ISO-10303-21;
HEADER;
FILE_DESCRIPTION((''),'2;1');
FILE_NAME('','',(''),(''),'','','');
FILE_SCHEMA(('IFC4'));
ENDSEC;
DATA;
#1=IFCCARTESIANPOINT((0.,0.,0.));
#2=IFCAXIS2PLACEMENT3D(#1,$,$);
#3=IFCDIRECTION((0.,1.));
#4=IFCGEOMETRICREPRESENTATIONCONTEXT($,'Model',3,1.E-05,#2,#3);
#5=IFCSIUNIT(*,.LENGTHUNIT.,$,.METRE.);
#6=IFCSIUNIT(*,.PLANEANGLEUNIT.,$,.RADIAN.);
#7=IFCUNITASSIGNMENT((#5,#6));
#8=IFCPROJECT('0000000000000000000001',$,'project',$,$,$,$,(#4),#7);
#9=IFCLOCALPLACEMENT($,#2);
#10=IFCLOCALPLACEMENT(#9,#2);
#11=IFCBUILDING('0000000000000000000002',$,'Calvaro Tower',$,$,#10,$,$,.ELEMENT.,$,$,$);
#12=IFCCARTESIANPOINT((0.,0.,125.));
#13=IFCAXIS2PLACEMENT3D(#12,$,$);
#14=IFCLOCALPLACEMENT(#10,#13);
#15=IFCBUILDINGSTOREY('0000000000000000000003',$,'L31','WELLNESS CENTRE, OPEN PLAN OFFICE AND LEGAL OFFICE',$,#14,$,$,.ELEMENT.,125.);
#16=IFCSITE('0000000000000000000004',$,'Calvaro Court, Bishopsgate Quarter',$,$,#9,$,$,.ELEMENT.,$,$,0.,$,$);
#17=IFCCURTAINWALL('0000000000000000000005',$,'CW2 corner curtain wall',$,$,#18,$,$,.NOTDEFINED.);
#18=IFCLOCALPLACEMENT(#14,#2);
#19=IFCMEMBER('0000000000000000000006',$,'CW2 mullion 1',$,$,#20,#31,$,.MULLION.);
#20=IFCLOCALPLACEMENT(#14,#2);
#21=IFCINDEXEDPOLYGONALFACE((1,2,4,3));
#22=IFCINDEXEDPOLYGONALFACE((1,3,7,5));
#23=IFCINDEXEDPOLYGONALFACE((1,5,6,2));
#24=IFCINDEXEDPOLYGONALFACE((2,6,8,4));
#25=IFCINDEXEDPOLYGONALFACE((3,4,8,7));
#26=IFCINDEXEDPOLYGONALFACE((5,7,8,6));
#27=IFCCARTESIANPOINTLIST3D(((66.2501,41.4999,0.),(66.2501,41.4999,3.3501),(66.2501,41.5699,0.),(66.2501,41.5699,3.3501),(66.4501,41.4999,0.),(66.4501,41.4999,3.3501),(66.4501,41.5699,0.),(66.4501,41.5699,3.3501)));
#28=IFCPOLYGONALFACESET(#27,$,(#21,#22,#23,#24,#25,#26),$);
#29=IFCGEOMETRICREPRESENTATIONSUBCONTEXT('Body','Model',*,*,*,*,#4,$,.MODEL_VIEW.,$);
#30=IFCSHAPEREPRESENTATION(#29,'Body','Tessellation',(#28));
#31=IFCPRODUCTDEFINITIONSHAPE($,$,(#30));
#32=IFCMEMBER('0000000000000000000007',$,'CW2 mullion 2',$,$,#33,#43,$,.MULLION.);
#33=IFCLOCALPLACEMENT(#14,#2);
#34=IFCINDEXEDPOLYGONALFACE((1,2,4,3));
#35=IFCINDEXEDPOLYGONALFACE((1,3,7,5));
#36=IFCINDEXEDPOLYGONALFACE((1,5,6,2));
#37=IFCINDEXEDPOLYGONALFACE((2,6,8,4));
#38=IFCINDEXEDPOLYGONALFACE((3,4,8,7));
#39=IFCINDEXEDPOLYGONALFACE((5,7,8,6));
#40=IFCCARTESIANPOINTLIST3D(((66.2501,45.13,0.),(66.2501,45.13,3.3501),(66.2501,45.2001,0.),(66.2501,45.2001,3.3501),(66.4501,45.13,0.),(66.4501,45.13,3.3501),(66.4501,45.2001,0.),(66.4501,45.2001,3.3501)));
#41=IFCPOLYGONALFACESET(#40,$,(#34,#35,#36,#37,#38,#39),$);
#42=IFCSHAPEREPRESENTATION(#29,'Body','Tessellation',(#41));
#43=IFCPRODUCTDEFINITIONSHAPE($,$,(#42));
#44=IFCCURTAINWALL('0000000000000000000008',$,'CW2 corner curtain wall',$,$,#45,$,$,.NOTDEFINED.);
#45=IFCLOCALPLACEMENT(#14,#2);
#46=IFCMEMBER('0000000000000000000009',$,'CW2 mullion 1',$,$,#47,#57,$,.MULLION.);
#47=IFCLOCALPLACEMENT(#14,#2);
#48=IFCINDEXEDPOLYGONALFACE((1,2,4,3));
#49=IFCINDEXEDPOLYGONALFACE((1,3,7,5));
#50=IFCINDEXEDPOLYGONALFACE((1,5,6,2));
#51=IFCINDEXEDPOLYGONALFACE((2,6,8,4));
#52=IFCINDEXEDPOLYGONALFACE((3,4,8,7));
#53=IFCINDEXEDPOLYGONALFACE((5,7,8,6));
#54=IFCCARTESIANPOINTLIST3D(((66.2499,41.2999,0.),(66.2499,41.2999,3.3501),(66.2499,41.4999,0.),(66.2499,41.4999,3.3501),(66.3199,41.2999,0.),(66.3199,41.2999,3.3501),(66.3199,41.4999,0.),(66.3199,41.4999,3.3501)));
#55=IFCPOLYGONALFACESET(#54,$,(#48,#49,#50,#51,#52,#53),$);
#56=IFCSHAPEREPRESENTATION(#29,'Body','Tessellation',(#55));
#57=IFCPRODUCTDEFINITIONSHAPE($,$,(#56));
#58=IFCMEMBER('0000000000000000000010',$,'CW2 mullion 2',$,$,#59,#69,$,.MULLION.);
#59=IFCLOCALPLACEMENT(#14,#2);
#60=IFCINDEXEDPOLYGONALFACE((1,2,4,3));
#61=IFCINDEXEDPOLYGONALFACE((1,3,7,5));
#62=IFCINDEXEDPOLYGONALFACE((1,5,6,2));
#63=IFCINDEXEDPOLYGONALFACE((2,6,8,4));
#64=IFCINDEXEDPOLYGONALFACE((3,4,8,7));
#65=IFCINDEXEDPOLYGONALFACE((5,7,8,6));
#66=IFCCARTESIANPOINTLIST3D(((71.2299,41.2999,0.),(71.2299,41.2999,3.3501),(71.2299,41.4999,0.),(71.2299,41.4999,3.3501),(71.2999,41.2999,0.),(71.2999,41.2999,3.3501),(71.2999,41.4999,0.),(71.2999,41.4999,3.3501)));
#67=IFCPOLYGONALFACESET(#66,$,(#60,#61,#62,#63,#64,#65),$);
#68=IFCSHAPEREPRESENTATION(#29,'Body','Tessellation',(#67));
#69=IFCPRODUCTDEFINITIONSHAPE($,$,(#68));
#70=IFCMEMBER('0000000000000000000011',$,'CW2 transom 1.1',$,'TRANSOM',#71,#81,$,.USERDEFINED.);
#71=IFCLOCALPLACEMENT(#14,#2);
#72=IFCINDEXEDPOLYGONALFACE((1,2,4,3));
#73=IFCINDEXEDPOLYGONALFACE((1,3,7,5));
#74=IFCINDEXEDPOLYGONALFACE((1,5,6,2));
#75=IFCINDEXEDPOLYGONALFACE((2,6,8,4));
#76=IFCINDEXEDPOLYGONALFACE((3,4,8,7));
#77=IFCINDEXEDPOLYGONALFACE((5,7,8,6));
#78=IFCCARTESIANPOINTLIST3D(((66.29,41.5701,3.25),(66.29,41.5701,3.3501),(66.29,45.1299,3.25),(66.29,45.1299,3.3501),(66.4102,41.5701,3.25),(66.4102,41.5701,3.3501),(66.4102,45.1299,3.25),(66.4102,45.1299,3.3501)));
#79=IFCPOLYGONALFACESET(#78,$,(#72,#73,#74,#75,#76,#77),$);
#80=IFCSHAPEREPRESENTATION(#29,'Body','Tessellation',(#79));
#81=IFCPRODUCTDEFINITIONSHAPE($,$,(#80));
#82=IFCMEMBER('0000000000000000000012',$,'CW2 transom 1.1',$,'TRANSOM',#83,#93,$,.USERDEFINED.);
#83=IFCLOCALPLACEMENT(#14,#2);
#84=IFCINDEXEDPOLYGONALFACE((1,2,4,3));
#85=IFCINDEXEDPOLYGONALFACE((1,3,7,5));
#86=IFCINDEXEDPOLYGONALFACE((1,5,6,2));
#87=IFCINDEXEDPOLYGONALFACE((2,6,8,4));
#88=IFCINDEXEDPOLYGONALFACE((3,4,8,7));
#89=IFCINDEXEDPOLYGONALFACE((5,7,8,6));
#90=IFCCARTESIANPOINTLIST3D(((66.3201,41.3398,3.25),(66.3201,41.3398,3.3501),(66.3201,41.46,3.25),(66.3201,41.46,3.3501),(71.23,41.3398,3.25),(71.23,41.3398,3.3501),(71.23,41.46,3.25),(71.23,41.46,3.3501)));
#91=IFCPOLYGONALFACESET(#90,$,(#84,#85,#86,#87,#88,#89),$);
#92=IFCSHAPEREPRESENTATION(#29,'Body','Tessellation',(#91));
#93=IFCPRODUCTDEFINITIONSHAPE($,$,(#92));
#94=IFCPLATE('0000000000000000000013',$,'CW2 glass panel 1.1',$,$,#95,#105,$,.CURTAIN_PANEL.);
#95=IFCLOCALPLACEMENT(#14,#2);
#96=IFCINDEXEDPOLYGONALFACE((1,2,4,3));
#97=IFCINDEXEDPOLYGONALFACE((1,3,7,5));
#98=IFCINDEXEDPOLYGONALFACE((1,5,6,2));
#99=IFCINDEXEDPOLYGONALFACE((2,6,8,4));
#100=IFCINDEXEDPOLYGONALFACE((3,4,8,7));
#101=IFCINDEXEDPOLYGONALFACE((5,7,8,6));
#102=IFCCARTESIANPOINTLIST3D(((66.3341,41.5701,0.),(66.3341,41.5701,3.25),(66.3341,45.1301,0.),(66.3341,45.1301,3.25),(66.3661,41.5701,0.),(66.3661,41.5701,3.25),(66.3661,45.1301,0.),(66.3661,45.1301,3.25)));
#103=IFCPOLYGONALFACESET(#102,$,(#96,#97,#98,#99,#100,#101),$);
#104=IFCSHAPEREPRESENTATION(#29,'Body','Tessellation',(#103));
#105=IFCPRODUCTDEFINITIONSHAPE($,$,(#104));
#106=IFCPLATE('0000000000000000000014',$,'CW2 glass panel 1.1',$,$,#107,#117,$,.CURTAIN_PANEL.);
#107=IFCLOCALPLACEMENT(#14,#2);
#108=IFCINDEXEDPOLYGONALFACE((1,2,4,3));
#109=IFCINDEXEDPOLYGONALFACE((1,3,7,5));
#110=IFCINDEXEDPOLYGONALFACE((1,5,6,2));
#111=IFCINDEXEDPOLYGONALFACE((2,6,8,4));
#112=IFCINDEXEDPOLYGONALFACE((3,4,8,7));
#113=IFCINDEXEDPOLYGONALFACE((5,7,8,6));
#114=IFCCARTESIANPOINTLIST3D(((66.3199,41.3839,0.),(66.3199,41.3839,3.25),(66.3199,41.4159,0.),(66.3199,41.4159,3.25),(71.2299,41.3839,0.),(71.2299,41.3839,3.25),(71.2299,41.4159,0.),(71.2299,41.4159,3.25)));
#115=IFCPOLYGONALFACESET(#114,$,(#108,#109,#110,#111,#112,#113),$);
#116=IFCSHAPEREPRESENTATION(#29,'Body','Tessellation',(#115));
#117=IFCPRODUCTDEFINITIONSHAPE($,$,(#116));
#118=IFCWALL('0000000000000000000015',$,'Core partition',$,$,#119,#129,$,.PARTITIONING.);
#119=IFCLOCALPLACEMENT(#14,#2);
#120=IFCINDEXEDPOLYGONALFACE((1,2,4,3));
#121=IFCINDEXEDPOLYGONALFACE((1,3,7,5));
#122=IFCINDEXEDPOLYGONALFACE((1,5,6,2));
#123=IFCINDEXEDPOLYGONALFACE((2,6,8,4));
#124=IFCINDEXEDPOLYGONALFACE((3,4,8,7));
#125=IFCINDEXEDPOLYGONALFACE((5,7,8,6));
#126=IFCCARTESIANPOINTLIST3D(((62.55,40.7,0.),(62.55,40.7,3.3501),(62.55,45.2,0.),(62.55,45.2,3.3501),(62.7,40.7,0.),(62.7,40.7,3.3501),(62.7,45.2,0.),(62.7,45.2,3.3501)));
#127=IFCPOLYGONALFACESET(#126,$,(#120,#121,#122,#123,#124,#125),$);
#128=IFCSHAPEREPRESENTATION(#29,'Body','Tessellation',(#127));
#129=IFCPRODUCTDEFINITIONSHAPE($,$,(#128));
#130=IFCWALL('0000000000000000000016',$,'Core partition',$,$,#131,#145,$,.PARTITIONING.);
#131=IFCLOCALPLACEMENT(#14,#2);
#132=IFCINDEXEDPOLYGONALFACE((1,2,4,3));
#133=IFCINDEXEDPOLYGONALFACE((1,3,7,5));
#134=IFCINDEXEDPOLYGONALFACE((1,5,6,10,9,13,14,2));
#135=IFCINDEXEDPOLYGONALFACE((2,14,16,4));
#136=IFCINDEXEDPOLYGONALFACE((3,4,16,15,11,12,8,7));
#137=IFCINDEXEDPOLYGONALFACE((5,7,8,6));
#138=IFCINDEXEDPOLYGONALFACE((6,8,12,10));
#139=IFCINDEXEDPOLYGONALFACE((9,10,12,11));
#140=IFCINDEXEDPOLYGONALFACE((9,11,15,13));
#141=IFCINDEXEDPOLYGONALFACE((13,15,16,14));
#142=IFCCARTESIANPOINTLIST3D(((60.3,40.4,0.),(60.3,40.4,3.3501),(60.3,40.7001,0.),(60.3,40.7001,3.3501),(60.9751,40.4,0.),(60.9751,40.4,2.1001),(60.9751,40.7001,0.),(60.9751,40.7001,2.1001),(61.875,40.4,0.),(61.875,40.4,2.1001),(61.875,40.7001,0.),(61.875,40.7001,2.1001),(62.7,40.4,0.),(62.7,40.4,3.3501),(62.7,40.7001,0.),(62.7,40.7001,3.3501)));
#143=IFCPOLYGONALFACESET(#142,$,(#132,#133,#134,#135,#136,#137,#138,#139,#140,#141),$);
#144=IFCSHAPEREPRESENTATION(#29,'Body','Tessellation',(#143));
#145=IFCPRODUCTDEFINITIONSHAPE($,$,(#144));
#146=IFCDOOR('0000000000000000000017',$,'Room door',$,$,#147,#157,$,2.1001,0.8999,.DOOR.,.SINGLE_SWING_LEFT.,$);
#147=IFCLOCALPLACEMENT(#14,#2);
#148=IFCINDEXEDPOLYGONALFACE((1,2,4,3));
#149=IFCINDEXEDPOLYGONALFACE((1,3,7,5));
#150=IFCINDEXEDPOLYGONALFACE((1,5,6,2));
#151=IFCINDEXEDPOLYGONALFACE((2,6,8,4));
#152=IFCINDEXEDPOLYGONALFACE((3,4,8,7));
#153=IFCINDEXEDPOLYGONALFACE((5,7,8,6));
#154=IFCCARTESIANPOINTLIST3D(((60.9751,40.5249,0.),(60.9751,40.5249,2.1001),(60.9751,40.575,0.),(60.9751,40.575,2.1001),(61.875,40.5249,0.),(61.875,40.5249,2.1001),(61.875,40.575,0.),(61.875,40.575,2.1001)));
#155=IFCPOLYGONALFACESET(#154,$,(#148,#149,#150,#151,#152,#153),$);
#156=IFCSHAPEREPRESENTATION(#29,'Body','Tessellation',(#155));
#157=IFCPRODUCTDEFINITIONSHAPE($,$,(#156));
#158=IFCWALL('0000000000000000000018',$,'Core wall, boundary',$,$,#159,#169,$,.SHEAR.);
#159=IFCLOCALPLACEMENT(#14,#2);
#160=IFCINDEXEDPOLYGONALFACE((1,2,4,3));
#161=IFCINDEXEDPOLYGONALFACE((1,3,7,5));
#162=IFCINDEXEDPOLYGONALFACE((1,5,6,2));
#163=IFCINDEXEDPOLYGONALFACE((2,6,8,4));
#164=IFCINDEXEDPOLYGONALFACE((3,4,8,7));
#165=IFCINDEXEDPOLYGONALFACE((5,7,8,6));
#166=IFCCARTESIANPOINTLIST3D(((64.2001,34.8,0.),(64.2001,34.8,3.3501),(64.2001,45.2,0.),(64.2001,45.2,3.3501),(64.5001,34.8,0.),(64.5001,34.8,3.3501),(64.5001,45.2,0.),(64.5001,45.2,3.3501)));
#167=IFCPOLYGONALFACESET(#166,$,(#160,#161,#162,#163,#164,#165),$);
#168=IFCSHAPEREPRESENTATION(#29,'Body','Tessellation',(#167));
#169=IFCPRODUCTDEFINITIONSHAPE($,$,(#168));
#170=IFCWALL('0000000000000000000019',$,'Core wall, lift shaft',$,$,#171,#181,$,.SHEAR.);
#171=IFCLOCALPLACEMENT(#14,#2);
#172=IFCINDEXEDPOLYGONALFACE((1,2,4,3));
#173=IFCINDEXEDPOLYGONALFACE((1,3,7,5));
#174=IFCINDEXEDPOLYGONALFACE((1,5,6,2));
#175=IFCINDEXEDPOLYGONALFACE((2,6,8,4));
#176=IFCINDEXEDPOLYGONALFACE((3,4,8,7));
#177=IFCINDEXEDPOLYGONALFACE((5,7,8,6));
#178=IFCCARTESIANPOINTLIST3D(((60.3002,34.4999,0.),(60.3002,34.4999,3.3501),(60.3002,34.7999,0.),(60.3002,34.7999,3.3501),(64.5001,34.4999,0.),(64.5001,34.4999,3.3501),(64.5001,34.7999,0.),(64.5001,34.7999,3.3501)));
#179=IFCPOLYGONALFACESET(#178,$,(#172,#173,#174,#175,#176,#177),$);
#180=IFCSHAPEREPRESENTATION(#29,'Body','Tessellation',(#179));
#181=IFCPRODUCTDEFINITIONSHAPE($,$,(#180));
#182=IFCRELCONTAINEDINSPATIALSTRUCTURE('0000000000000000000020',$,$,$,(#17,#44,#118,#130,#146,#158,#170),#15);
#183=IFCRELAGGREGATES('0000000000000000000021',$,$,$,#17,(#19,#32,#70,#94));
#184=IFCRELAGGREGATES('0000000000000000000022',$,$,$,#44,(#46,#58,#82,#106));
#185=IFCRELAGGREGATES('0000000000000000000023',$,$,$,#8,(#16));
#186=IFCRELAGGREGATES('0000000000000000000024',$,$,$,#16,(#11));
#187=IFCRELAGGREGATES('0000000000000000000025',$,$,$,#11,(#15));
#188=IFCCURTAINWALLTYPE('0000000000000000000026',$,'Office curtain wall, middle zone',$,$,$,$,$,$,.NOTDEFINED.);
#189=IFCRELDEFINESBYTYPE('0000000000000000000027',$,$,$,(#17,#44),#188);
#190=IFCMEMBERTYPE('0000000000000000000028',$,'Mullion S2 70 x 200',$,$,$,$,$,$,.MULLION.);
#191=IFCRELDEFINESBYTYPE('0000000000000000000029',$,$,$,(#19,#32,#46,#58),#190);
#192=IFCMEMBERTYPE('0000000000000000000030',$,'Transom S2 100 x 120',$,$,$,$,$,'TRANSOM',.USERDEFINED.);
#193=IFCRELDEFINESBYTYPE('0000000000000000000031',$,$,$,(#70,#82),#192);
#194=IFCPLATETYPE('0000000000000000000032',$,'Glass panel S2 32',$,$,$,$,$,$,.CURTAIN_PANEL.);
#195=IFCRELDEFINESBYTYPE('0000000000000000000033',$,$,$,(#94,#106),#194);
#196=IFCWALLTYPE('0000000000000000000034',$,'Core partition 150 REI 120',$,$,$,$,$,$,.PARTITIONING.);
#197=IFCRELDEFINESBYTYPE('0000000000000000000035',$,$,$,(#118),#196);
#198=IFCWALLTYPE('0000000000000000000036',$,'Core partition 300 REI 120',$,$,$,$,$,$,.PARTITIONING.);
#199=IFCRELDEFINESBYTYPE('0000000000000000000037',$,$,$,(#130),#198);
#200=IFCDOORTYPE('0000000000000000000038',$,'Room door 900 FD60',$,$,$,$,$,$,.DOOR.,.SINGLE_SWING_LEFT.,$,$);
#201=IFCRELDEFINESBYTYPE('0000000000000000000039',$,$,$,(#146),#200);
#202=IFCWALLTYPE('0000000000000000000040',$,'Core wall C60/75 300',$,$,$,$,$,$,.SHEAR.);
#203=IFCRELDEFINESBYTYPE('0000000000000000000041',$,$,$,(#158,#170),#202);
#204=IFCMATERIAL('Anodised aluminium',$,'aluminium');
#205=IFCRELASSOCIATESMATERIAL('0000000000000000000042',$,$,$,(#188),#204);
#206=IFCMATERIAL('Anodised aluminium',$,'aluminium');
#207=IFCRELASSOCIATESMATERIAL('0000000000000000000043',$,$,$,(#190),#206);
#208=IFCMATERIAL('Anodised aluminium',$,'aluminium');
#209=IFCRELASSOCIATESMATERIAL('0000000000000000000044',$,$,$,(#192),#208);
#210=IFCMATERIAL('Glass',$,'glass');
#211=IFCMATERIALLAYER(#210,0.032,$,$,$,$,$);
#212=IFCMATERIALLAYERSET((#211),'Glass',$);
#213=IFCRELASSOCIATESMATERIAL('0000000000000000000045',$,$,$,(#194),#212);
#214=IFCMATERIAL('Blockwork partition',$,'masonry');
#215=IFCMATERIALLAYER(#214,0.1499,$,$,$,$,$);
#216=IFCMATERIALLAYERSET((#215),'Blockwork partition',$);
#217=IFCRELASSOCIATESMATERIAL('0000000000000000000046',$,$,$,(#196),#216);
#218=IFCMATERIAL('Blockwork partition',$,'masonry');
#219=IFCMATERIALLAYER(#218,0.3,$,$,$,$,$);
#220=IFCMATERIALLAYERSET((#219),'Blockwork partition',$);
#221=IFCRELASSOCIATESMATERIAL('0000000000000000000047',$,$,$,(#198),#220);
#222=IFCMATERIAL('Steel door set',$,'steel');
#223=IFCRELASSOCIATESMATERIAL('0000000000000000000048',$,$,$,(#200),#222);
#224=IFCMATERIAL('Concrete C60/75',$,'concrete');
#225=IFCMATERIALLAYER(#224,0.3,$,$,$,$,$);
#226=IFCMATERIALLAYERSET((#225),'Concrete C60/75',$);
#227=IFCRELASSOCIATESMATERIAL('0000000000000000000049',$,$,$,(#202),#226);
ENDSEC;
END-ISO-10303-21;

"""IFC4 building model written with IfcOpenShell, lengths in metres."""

from ifc_helpers import new_model, si_unit, direction, frame, frame_2d, origin, origin_2d, place, context, subcontext, project, spatial, rectangle, extrude, material, layer, layer_set, material_profile, profile_set, type_object, element, fill, aggregate, save


model = new_model("IFC4")

# Units and contexts
model_context = context("Model", 3, precision=1e-05, world=origin(), true_north=direction((0.0, 1.0)))
body_context = subcontext(model_context, "Body", "Model", "MODEL_VIEW")
ifc_project = project(units=[si_unit("LENGTHUNIT", "METRE"), si_unit("PLANEANGLEUNIT", "RADIAN")], contexts=[model_context])

# Site, building, storey
site_placement = place(None, origin())
site = spatial("IfcSite", under=ifc_project, at=site_placement, Name="Calvaro Court, Bishopsgate Quarter", CompositionType="ELEMENT", RefElevation=0.0)
building_placement = place(site_placement, origin())
building = spatial("IfcBuilding", under=site, at=building_placement, Name="Calvaro Tower", CompositionType="ELEMENT")
storey_placement = place(building_placement, frame((0.0, 0.0, 125.0)))
storey = spatial("IfcBuildingStorey", under=building, at=storey_placement, Name="L31", Description="WELLNESS CENTRE, OPEN PLAN OFFICE AND LEGAL OFFICE", CompositionType="ELEMENT", Elevation=125.0)

# Curtain walls, members
ifc_material_1 = material(Name="Anodised aluminium", Category="aluminium")
curtain_wall_type = type_object("IfcCurtainWallType", Name="Office curtain wall, middle zone", PredefinedType="NOTDEFINED", material=ifc_material_1)
curtain_wall_1_placement = place(storey_placement, origin())
curtain_wall_1 = element("IfcCurtainWall", 1, at=curtain_wall_1_placement, inside=storey, type_object=curtain_wall_type, Name="CW2 corner curtain wall", PredefinedType="NOTDEFINED")
ifc_material_2 = material(Name="Anodised aluminium", Category="aluminium")
ifc_material_profile_1 = material_profile(ifc_material_2, rectangle(XDim=0.2, YDim=0.0701, at=origin_2d()), Name="Mullion S2 70 x 200")
ifc_profile_set_1 = profile_set([ifc_material_profile_1], Name="Anodised aluminium")
member_type_1 = type_object("IfcMemberType", Name="Mullion S2 70 x 200", PredefinedType="MULLION", material=ifc_profile_set_1)
member_1_placement = place(storey_placement, frame((66.3501, 41.5349, 0.0), z_axis=(0.0, 0.0, 1.0), x_axis=(-1.0, 0.0, 0.0)))
member_1 = element("IfcMember", 2, at=member_1_placement, type_object=member_type_1, Name="CW2 mullion 1", PredefinedType="MULLION", context=body_context, shape_type="SweptSolid", body=[
    extrude(rectangle(XDim=0.2, YDim=0.0701, at=origin_2d()), origin(), (0.0, 0.0, 1.0), 3.3501),
])
member_2_placement = place(storey_placement, frame((66.3501, 45.165, 0.0), z_axis=(0.0, 0.0, 1.0), x_axis=(-1.0, 0.0, 0.0)))
member_2 = element("IfcMember", 3, at=member_2_placement, type_object=member_type_1, Name="CW2 mullion 2", PredefinedType="MULLION", context=body_context, shape_type="SweptSolid", body=[
    extrude(rectangle(XDim=0.2, YDim=0.0701, at=origin_2d()), origin(), (0.0, 0.0, 1.0), 3.3501),
])
curtain_wall_2_placement = place(storey_placement, origin())
curtain_wall_2 = element("IfcCurtainWall", 4, at=curtain_wall_2_placement, inside=storey, type_object=curtain_wall_type, Name="CW2 corner curtain wall", PredefinedType="NOTDEFINED")
member_3_placement = place(storey_placement, frame((66.2849, 41.3999, 0.0), z_axis=(0.0, 0.0, 1.0), x_axis=(0.0, 1.0, 0.0)))
member_3 = element("IfcMember", 5, at=member_3_placement, type_object=member_type_1, Name="CW2 mullion 1", PredefinedType="MULLION", context=body_context, shape_type="SweptSolid", body=[
    extrude(rectangle(XDim=0.2, YDim=0.0701, at=origin_2d()), origin(), (0.0, 0.0, 1.0), 3.3501),
])
member_4_placement = place(storey_placement, frame((71.2649, 41.3999, 0.0), z_axis=(0.0, 0.0, 1.0), x_axis=(0.0, 1.0, 0.0)))
member_4 = element("IfcMember", 6, at=member_4_placement, type_object=member_type_1, Name="CW2 mullion 2", PredefinedType="MULLION", context=body_context, shape_type="SweptSolid", body=[
    extrude(rectangle(XDim=0.2, YDim=0.0701, at=origin_2d()), origin(), (0.0, 0.0, 1.0), 3.3501),
])

# Members
ifc_material_3 = material(Name="Anodised aluminium", Category="aluminium")
ifc_material_profile_2 = material_profile(ifc_material_3, rectangle(XDim=0.1201, YDim=0.1001, at=origin_2d()), Name="Transom S2 100 x 120")
ifc_profile_set_2 = profile_set([ifc_material_profile_2], Name="Anodised aluminium")
member_type_2 = type_object("IfcMemberType", Name="Transom S2 100 x 120", ElementType="TRANSOM", PredefinedType="USERDEFINED", material=ifc_profile_set_2)
member_5_placement = place(storey_placement, frame((66.3501, 41.5701, 3.3), z_axis=(0.0, 1.0, 0.0), x_axis=(-1.0, 0.0, 0.0)))
member_5 = element("IfcMember", 7, at=member_5_placement, type_object=member_type_2, Name="CW2 transom 1.1", ObjectType="TRANSOM", PredefinedType="USERDEFINED", context=body_context, shape_type="SweptSolid", body=[
    extrude(rectangle(XDim=0.1201, YDim=0.1001, at=origin_2d()), origin(), (0.0, 0.0, 1.0), 3.5598),
])
member_6_placement = place(storey_placement, frame((66.3201, 41.3999, 3.3), z_axis=(1.0, 0.0, 0.0), x_axis=(0.0, 1.0, 0.0)))
member_6 = element("IfcMember", 8, at=member_6_placement, type_object=member_type_2, Name="CW2 transom 1.1", ObjectType="TRANSOM", PredefinedType="USERDEFINED", context=body_context, shape_type="SweptSolid", body=[
    extrude(rectangle(XDim=0.1201, YDim=0.1001, at=origin_2d()), origin(), (0.0, 0.0, 1.0), 4.9099),
])

# Plates
ifc_material_4 = material(Name="Glass", Category="glass")
ifc_layer_1 = layer(ifc_material_4, 0.032)
ifc_layer_set_1 = layer_set([ifc_layer_1], Name="Glass")
plate_type = type_object("IfcPlateType", Name="Glass panel S2 32", PredefinedType="CURTAIN_PANEL", material=ifc_layer_set_1)
plate_1_placement = place(storey_placement, frame((66.3501, 43.3501, 0.0), z_axis=(0.0, 0.0, 1.0), x_axis=(0.0, 1.0, 0.0)))
plate_1 = element("IfcPlate", 9, at=plate_1_placement, type_object=plate_type, Name="CW2 glass panel 1.1", PredefinedType="CURTAIN_PANEL", context=body_context, shape_type="SweptSolid", body=[
    extrude(rectangle(XDim=3.5601, YDim=0.032, at=origin_2d()), origin(), (0.0, 0.0, 1.0), 3.25),
])
aggregate(curtain_wall_1, [member_1, member_2, member_5, plate_1])
plate_2_placement = place(storey_placement, frame((68.7749, 41.3999, 0.0), z_axis=(0.0, 0.0, 1.0), x_axis=(1.0, 0.0, 0.0)))
plate_2 = element("IfcPlate", 10, at=plate_2_placement, type_object=plate_type, Name="CW2 glass panel 1.1", PredefinedType="CURTAIN_PANEL", context=body_context, shape_type="SweptSolid", body=[
    extrude(rectangle(XDim=4.9099, YDim=0.032, at=origin_2d()), origin(), (0.0, 0.0, 1.0), 3.25),
])
aggregate(curtain_wall_2, [member_3, member_4, member_6, plate_2])

# Wall
ifc_material_5 = material(Name="Blockwork partition", Category="masonry")
ifc_layer_2 = layer(ifc_material_5, 0.1499)
ifc_layer_set_2 = layer_set([ifc_layer_2], Name="Blockwork partition")
wall_type_1 = type_object("IfcWallType", Name="Core partition 150 REI 120", PredefinedType="PARTITIONING", material=ifc_layer_set_2)
wall_1_placement = place(storey_placement, frame((62.625, 40.7, 0.0), z_axis=(0.0, 0.0, 1.0), x_axis=(0.0, 1.0, 0.0)))
element("IfcWall", 11, at=wall_1_placement, inside=storey, type_object=wall_type_1, Name="Core partition", PredefinedType="PARTITIONING", context=body_context, shape_type="SweptSolid", body=[
    extrude(rectangle(XDim=4.5, YDim=0.1499, at=frame_2d((2.25, 0.0))), origin(), (0.0, 0.0, 1.0), 3.3501),
])

# Wall, opening, door
ifc_material_6 = material(Name="Blockwork partition", Category="masonry")
ifc_layer_3 = layer(ifc_material_6, 0.3)
ifc_layer_set_3 = layer_set([ifc_layer_3], Name="Blockwork partition")
wall_type_2 = type_object("IfcWallType", Name="Core partition 300 REI 120", PredefinedType="PARTITIONING", material=ifc_layer_set_3)
wall_2_placement = place(storey_placement, frame((60.3, 40.55, 0.0), z_axis=(0.0, 0.0, 1.0), x_axis=(1.0, 0.0, 0.0)))
wall_2 = element("IfcWall", 12, at=wall_2_placement, inside=storey, type_object=wall_type_2, Name="Core partition", PredefinedType="PARTITIONING", context=body_context, shape_type="SweptSolid", body=[
    extrude(rectangle(XDim=2.3999, YDim=0.3, at=frame_2d((1.2, 0.0))), origin(), (0.0, 0.0, 1.0), 3.3501),
])
opening_1_placement = place(wall_2_placement, frame((0.675, 0.0, 0.0)))
opening_1 = element("IfcOpeningElement", 13, at=opening_1_placement, cuts=wall_2, PredefinedType="OPENING", context=body_context, shape_type="SweptSolid", body=[
    extrude(rectangle(XDim=0.8999, YDim=2.1001, at=frame_2d((0.45, 1.05))), frame((0.0, 0.1599, 0.0), z_axis=(0.0, -1.0, 0.0), x_axis=(1.0, 0.0, 0.0)), (0.0, 0.0, 1.0), 0.3201),
])
ifc_material_7 = material(Name="Steel door set", Category="steel")
door_type_1 = type_object("IfcDoorType", Name="Room door 900 FD60", OperationType="SINGLE_SWING_LEFT", PredefinedType="DOOR", material=ifc_material_7)
door_1_placement = place(opening_1_placement, origin())
door_1 = element("IfcDoor", 14, at=door_1_placement, inside=storey, type_object=door_type_1, Name="Room door", OperationType="SINGLE_SWING_LEFT", OverallHeight=2.1001, OverallWidth=0.8999, PredefinedType="DOOR", context=body_context, shape_type="SweptSolid", body=[
    extrude(rectangle(XDim=0.8999, YDim=2.1001, at=frame_2d((0.45, 1.05))), frame((0.0, 0.0249, 0.0), z_axis=(0.0, -1.0, 0.0), x_axis=(1.0, 0.0, 0.0)), (0.0, 0.0, 1.0), 0.05),
])
fill(opening_1, door_1)

# Walls
ifc_material_8 = material(Name="Concrete C60/75", Category="concrete")
ifc_layer_4 = layer(ifc_material_8, 0.3)
ifc_layer_set_4 = layer_set([ifc_layer_4], Name="Concrete C60/75")
wall_type_3 = type_object("IfcWallType", Name="Core wall C60/75 300", PredefinedType="SHEAR", material=ifc_layer_set_4)
wall_3_placement = place(storey_placement, frame((64.3501, 34.8, 0.0), z_axis=(0.0, 0.0, 1.0), x_axis=(0.0, 1.0, 0.0)))
element("IfcWall", 15, at=wall_3_placement, inside=storey, type_object=wall_type_3, Name="Core wall, boundary", PredefinedType="SHEAR", context=body_context, shape_type="SweptSolid", body=[
    extrude(rectangle(XDim=10.3999, YDim=0.3, at=frame_2d((5.2, 0.0))), origin(), (0.0, 0.0, 1.0), 3.3501),
])
wall_4_placement = place(storey_placement, frame((60.3, 34.6499, 0.0), z_axis=(0.0, 0.0, 1.0), x_axis=(1.0, 0.0, 0.0)))
element("IfcWall", 16, at=wall_4_placement, inside=storey, type_object=wall_type_3, Name="Core wall, lift shaft", PredefinedType="SHEAR", context=body_context, shape_type="SweptSolid", body=[
    extrude(rectangle(XDim=4.2, YDim=0.3, at=frame_2d((2.1001, 0.0))), origin(), (0.0, 0.0, 1.0), 3.3501),
])

save(model, "model.ifc")
